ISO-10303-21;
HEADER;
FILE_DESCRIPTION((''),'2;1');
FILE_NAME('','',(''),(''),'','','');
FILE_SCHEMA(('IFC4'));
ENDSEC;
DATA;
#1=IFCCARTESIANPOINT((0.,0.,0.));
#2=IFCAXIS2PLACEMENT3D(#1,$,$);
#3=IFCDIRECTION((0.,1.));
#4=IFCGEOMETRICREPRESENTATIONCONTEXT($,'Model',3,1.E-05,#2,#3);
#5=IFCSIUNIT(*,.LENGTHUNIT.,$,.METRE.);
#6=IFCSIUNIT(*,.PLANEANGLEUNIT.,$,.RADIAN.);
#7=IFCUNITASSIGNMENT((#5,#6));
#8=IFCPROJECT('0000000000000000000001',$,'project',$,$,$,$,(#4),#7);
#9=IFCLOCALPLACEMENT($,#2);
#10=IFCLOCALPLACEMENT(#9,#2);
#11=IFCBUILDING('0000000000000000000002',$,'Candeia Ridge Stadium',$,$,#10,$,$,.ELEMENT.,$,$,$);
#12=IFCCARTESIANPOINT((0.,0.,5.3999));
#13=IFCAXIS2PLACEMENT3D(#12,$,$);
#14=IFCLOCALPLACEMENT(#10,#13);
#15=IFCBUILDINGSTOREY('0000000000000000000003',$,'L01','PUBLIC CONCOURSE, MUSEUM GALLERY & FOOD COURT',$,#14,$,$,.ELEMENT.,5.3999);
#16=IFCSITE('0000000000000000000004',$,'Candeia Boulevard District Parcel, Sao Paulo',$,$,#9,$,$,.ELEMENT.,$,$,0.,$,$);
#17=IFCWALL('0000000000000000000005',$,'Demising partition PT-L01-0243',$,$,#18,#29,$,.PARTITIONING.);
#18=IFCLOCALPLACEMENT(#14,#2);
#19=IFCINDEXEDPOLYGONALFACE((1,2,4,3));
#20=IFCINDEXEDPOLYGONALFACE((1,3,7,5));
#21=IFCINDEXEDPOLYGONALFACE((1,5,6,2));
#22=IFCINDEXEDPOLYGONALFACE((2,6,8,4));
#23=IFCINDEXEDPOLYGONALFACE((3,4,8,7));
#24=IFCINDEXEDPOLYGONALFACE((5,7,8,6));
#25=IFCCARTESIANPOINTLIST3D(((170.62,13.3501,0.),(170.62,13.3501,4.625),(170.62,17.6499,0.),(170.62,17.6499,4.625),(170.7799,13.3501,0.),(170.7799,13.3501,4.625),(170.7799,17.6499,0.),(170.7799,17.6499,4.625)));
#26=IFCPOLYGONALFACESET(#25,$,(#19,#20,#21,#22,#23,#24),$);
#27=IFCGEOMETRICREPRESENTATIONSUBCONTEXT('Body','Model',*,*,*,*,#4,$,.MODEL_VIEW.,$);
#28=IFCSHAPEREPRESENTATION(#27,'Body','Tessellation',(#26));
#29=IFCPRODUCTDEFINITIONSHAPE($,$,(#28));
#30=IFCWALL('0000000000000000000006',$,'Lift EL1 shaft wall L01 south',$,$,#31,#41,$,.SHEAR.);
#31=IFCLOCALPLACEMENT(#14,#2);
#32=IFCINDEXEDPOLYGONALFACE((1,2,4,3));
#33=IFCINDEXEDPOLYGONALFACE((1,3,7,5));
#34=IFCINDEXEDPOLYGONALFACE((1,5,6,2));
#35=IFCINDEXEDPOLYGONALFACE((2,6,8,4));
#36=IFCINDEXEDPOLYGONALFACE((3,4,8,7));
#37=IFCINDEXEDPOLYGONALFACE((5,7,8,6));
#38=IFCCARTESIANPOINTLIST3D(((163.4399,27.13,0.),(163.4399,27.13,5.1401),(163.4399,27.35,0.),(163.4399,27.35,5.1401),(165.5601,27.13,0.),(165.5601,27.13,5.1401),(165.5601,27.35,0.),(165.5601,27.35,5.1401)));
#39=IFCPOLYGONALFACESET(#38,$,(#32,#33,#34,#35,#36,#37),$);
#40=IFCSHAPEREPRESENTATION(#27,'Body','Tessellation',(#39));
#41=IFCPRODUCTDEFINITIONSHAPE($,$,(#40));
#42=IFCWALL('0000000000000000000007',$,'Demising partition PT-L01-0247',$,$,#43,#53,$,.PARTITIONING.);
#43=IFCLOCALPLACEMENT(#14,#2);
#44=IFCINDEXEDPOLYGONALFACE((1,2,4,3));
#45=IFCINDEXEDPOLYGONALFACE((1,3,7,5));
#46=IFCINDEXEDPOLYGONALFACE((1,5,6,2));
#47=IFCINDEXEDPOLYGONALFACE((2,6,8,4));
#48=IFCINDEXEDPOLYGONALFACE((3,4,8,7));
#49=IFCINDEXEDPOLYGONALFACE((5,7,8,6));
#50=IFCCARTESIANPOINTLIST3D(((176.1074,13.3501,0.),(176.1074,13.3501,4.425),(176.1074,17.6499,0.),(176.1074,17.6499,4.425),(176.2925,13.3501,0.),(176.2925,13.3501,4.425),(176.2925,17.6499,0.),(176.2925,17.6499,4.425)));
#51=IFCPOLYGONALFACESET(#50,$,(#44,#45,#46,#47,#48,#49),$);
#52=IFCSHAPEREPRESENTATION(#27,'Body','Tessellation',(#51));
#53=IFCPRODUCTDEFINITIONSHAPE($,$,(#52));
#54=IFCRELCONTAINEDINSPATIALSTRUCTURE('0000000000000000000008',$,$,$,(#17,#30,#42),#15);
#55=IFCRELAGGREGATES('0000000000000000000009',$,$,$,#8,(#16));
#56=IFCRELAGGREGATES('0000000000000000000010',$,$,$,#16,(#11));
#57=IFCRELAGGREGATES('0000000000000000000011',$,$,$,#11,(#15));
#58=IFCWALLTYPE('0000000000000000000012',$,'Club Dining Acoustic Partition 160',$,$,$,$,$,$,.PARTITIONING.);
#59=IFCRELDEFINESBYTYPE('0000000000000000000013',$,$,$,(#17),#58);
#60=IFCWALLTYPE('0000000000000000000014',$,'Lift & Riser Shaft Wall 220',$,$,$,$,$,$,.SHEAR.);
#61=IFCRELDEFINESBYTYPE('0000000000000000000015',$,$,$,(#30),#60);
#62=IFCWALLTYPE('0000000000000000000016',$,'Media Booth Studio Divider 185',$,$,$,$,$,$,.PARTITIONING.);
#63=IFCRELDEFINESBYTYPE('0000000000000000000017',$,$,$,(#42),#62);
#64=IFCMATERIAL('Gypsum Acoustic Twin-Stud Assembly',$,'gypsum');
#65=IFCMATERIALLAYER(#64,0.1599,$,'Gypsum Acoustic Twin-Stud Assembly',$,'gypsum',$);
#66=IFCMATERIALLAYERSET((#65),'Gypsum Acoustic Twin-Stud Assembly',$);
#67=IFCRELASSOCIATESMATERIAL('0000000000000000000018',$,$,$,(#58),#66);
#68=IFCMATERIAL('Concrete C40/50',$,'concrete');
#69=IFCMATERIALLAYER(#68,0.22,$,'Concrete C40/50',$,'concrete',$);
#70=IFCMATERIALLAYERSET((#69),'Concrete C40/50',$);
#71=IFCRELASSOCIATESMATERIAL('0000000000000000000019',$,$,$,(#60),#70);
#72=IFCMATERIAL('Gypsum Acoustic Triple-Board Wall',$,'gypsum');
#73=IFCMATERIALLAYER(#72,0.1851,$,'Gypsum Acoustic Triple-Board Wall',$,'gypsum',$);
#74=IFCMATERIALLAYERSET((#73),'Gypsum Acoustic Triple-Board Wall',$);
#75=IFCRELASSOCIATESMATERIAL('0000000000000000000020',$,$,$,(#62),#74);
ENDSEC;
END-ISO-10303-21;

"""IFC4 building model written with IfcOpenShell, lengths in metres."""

from ifc_helpers import new_model, si_unit, direction, frame, frame_2d, origin, place, context, subcontext, project, spatial, rectangle, extrude, material, layer, layer_set, type_object, element, save


model = new_model("IFC4")

# Units and contexts
model_context = context("Model", 3, precision=1e-05, world=origin(), true_north=direction((0.0, 1.0)))
body_context = subcontext(model_context, "Body", "Model", "MODEL_VIEW")
ifc_project = project(units=[si_unit("LENGTHUNIT", "METRE"), si_unit("PLANEANGLEUNIT", "RADIAN")], contexts=[model_context])

# Site, building, storey
site_placement = place(None, origin())
site = spatial("IfcSite", under=ifc_project, at=site_placement, Name="Candeia Boulevard District Parcel, Sao Paulo", CompositionType="ELEMENT", RefElevation=0.0)
building_placement = place(site_placement, origin())
building = spatial("IfcBuilding", under=site, at=building_placement, Name="Candeia Ridge Stadium", CompositionType="ELEMENT")
storey_placement = place(building_placement, frame((0.0, 0.0, 5.3999)))
storey = spatial("IfcBuildingStorey", under=building, at=storey_placement, Name="L01", Description="PUBLIC CONCOURSE, MUSEUM GALLERY & FOOD COURT", CompositionType="ELEMENT", Elevation=5.3999)

# Shared definitions
ifc_material_1 = material(Name="Concrete C40/50", Category="concrete")

# Walls
ifc_material_2 = material(Name="Gypsum Acoustic Twin-Stud Assembly", Category="gypsum")
ifc_layer_1 = layer(ifc_material_2, 0.1599, Name="Gypsum Acoustic Twin-Stud Assembly", Category="gypsum")
ifc_layer_set_1 = layer_set([ifc_layer_1], Name="Gypsum Acoustic Twin-Stud Assembly")
wall_type_1 = type_object("IfcWallType", Name="Club Dining Acoustic Partition 160", PredefinedType="PARTITIONING", material=ifc_layer_set_1)
wall_1_placement = place(storey_placement, frame((170.7, 13.3501, 0.0), z_axis=(0.0, 0.0, 1.0), x_axis=(0.0, 1.0, 0.0)))
element("IfcWall", 1, at=wall_1_placement, inside=storey, type_object=wall_type_1, Name="Demising partition PT-L01-0243", PredefinedType="PARTITIONING", context=body_context, shape_type="SweptSolid", body=[
    extrude(rectangle(XDim=4.2998, YDim=0.1599, at=frame_2d((2.1499, 0.0))), origin(), (0.0, 0.0, 1.0), 4.625),
])
ifc_layer_2 = layer(ifc_material_1, 0.22, Name="Concrete C40/50", Category="concrete")
ifc_layer_set_2 = layer_set([ifc_layer_2], Name="Concrete C40/50")
wall_type_2 = type_object("IfcWallType", Name="Lift & Riser Shaft Wall 220", PredefinedType="SHEAR", material=ifc_layer_set_2)
wall_2_placement = place(storey_placement, frame((163.4399, 27.24, 0.0), z_axis=(0.0, 0.0, 1.0), x_axis=(1.0, 0.0, 0.0)))
element("IfcWall", 2, at=wall_2_placement, inside=storey, type_object=wall_type_2, Name="Lift EL1 shaft wall L01 south", PredefinedType="SHEAR", context=body_context, shape_type="SweptSolid", body=[
    extrude(rectangle(XDim=2.1201, YDim=0.22, at=frame_2d((1.0601, 0.0))), origin(), (0.0, 0.0, 1.0), 5.1401),
])
ifc_material_3 = material(Name="Gypsum Acoustic Triple-Board Wall", Category="gypsum")
ifc_layer_3 = layer(ifc_material_3, 0.1851, Name="Gypsum Acoustic Triple-Board Wall", Category="gypsum")
ifc_layer_set_3 = layer_set([ifc_layer_3], Name="Gypsum Acoustic Triple-Board Wall")
wall_type_3 = type_object("IfcWallType", Name="Media Booth Studio Divider 185", PredefinedType="PARTITIONING", material=ifc_layer_set_3)
wall_3_placement = place(storey_placement, frame((176.2, 13.3501, 0.0), z_axis=(0.0, 0.0, 1.0), x_axis=(0.0, 1.0, 0.0)))
element("IfcWall", 3, at=wall_3_placement, inside=storey, type_object=wall_type_3, Name="Demising partition PT-L01-0247", PredefinedType="PARTITIONING", context=body_context, shape_type="SweptSolid", body=[
    extrude(rectangle(XDim=4.2998, YDim=0.1851, at=frame_2d((2.1499, 0.0))), origin(), (0.0, 0.0, 1.0), 4.425),
])

save(model, "model.ifc")
